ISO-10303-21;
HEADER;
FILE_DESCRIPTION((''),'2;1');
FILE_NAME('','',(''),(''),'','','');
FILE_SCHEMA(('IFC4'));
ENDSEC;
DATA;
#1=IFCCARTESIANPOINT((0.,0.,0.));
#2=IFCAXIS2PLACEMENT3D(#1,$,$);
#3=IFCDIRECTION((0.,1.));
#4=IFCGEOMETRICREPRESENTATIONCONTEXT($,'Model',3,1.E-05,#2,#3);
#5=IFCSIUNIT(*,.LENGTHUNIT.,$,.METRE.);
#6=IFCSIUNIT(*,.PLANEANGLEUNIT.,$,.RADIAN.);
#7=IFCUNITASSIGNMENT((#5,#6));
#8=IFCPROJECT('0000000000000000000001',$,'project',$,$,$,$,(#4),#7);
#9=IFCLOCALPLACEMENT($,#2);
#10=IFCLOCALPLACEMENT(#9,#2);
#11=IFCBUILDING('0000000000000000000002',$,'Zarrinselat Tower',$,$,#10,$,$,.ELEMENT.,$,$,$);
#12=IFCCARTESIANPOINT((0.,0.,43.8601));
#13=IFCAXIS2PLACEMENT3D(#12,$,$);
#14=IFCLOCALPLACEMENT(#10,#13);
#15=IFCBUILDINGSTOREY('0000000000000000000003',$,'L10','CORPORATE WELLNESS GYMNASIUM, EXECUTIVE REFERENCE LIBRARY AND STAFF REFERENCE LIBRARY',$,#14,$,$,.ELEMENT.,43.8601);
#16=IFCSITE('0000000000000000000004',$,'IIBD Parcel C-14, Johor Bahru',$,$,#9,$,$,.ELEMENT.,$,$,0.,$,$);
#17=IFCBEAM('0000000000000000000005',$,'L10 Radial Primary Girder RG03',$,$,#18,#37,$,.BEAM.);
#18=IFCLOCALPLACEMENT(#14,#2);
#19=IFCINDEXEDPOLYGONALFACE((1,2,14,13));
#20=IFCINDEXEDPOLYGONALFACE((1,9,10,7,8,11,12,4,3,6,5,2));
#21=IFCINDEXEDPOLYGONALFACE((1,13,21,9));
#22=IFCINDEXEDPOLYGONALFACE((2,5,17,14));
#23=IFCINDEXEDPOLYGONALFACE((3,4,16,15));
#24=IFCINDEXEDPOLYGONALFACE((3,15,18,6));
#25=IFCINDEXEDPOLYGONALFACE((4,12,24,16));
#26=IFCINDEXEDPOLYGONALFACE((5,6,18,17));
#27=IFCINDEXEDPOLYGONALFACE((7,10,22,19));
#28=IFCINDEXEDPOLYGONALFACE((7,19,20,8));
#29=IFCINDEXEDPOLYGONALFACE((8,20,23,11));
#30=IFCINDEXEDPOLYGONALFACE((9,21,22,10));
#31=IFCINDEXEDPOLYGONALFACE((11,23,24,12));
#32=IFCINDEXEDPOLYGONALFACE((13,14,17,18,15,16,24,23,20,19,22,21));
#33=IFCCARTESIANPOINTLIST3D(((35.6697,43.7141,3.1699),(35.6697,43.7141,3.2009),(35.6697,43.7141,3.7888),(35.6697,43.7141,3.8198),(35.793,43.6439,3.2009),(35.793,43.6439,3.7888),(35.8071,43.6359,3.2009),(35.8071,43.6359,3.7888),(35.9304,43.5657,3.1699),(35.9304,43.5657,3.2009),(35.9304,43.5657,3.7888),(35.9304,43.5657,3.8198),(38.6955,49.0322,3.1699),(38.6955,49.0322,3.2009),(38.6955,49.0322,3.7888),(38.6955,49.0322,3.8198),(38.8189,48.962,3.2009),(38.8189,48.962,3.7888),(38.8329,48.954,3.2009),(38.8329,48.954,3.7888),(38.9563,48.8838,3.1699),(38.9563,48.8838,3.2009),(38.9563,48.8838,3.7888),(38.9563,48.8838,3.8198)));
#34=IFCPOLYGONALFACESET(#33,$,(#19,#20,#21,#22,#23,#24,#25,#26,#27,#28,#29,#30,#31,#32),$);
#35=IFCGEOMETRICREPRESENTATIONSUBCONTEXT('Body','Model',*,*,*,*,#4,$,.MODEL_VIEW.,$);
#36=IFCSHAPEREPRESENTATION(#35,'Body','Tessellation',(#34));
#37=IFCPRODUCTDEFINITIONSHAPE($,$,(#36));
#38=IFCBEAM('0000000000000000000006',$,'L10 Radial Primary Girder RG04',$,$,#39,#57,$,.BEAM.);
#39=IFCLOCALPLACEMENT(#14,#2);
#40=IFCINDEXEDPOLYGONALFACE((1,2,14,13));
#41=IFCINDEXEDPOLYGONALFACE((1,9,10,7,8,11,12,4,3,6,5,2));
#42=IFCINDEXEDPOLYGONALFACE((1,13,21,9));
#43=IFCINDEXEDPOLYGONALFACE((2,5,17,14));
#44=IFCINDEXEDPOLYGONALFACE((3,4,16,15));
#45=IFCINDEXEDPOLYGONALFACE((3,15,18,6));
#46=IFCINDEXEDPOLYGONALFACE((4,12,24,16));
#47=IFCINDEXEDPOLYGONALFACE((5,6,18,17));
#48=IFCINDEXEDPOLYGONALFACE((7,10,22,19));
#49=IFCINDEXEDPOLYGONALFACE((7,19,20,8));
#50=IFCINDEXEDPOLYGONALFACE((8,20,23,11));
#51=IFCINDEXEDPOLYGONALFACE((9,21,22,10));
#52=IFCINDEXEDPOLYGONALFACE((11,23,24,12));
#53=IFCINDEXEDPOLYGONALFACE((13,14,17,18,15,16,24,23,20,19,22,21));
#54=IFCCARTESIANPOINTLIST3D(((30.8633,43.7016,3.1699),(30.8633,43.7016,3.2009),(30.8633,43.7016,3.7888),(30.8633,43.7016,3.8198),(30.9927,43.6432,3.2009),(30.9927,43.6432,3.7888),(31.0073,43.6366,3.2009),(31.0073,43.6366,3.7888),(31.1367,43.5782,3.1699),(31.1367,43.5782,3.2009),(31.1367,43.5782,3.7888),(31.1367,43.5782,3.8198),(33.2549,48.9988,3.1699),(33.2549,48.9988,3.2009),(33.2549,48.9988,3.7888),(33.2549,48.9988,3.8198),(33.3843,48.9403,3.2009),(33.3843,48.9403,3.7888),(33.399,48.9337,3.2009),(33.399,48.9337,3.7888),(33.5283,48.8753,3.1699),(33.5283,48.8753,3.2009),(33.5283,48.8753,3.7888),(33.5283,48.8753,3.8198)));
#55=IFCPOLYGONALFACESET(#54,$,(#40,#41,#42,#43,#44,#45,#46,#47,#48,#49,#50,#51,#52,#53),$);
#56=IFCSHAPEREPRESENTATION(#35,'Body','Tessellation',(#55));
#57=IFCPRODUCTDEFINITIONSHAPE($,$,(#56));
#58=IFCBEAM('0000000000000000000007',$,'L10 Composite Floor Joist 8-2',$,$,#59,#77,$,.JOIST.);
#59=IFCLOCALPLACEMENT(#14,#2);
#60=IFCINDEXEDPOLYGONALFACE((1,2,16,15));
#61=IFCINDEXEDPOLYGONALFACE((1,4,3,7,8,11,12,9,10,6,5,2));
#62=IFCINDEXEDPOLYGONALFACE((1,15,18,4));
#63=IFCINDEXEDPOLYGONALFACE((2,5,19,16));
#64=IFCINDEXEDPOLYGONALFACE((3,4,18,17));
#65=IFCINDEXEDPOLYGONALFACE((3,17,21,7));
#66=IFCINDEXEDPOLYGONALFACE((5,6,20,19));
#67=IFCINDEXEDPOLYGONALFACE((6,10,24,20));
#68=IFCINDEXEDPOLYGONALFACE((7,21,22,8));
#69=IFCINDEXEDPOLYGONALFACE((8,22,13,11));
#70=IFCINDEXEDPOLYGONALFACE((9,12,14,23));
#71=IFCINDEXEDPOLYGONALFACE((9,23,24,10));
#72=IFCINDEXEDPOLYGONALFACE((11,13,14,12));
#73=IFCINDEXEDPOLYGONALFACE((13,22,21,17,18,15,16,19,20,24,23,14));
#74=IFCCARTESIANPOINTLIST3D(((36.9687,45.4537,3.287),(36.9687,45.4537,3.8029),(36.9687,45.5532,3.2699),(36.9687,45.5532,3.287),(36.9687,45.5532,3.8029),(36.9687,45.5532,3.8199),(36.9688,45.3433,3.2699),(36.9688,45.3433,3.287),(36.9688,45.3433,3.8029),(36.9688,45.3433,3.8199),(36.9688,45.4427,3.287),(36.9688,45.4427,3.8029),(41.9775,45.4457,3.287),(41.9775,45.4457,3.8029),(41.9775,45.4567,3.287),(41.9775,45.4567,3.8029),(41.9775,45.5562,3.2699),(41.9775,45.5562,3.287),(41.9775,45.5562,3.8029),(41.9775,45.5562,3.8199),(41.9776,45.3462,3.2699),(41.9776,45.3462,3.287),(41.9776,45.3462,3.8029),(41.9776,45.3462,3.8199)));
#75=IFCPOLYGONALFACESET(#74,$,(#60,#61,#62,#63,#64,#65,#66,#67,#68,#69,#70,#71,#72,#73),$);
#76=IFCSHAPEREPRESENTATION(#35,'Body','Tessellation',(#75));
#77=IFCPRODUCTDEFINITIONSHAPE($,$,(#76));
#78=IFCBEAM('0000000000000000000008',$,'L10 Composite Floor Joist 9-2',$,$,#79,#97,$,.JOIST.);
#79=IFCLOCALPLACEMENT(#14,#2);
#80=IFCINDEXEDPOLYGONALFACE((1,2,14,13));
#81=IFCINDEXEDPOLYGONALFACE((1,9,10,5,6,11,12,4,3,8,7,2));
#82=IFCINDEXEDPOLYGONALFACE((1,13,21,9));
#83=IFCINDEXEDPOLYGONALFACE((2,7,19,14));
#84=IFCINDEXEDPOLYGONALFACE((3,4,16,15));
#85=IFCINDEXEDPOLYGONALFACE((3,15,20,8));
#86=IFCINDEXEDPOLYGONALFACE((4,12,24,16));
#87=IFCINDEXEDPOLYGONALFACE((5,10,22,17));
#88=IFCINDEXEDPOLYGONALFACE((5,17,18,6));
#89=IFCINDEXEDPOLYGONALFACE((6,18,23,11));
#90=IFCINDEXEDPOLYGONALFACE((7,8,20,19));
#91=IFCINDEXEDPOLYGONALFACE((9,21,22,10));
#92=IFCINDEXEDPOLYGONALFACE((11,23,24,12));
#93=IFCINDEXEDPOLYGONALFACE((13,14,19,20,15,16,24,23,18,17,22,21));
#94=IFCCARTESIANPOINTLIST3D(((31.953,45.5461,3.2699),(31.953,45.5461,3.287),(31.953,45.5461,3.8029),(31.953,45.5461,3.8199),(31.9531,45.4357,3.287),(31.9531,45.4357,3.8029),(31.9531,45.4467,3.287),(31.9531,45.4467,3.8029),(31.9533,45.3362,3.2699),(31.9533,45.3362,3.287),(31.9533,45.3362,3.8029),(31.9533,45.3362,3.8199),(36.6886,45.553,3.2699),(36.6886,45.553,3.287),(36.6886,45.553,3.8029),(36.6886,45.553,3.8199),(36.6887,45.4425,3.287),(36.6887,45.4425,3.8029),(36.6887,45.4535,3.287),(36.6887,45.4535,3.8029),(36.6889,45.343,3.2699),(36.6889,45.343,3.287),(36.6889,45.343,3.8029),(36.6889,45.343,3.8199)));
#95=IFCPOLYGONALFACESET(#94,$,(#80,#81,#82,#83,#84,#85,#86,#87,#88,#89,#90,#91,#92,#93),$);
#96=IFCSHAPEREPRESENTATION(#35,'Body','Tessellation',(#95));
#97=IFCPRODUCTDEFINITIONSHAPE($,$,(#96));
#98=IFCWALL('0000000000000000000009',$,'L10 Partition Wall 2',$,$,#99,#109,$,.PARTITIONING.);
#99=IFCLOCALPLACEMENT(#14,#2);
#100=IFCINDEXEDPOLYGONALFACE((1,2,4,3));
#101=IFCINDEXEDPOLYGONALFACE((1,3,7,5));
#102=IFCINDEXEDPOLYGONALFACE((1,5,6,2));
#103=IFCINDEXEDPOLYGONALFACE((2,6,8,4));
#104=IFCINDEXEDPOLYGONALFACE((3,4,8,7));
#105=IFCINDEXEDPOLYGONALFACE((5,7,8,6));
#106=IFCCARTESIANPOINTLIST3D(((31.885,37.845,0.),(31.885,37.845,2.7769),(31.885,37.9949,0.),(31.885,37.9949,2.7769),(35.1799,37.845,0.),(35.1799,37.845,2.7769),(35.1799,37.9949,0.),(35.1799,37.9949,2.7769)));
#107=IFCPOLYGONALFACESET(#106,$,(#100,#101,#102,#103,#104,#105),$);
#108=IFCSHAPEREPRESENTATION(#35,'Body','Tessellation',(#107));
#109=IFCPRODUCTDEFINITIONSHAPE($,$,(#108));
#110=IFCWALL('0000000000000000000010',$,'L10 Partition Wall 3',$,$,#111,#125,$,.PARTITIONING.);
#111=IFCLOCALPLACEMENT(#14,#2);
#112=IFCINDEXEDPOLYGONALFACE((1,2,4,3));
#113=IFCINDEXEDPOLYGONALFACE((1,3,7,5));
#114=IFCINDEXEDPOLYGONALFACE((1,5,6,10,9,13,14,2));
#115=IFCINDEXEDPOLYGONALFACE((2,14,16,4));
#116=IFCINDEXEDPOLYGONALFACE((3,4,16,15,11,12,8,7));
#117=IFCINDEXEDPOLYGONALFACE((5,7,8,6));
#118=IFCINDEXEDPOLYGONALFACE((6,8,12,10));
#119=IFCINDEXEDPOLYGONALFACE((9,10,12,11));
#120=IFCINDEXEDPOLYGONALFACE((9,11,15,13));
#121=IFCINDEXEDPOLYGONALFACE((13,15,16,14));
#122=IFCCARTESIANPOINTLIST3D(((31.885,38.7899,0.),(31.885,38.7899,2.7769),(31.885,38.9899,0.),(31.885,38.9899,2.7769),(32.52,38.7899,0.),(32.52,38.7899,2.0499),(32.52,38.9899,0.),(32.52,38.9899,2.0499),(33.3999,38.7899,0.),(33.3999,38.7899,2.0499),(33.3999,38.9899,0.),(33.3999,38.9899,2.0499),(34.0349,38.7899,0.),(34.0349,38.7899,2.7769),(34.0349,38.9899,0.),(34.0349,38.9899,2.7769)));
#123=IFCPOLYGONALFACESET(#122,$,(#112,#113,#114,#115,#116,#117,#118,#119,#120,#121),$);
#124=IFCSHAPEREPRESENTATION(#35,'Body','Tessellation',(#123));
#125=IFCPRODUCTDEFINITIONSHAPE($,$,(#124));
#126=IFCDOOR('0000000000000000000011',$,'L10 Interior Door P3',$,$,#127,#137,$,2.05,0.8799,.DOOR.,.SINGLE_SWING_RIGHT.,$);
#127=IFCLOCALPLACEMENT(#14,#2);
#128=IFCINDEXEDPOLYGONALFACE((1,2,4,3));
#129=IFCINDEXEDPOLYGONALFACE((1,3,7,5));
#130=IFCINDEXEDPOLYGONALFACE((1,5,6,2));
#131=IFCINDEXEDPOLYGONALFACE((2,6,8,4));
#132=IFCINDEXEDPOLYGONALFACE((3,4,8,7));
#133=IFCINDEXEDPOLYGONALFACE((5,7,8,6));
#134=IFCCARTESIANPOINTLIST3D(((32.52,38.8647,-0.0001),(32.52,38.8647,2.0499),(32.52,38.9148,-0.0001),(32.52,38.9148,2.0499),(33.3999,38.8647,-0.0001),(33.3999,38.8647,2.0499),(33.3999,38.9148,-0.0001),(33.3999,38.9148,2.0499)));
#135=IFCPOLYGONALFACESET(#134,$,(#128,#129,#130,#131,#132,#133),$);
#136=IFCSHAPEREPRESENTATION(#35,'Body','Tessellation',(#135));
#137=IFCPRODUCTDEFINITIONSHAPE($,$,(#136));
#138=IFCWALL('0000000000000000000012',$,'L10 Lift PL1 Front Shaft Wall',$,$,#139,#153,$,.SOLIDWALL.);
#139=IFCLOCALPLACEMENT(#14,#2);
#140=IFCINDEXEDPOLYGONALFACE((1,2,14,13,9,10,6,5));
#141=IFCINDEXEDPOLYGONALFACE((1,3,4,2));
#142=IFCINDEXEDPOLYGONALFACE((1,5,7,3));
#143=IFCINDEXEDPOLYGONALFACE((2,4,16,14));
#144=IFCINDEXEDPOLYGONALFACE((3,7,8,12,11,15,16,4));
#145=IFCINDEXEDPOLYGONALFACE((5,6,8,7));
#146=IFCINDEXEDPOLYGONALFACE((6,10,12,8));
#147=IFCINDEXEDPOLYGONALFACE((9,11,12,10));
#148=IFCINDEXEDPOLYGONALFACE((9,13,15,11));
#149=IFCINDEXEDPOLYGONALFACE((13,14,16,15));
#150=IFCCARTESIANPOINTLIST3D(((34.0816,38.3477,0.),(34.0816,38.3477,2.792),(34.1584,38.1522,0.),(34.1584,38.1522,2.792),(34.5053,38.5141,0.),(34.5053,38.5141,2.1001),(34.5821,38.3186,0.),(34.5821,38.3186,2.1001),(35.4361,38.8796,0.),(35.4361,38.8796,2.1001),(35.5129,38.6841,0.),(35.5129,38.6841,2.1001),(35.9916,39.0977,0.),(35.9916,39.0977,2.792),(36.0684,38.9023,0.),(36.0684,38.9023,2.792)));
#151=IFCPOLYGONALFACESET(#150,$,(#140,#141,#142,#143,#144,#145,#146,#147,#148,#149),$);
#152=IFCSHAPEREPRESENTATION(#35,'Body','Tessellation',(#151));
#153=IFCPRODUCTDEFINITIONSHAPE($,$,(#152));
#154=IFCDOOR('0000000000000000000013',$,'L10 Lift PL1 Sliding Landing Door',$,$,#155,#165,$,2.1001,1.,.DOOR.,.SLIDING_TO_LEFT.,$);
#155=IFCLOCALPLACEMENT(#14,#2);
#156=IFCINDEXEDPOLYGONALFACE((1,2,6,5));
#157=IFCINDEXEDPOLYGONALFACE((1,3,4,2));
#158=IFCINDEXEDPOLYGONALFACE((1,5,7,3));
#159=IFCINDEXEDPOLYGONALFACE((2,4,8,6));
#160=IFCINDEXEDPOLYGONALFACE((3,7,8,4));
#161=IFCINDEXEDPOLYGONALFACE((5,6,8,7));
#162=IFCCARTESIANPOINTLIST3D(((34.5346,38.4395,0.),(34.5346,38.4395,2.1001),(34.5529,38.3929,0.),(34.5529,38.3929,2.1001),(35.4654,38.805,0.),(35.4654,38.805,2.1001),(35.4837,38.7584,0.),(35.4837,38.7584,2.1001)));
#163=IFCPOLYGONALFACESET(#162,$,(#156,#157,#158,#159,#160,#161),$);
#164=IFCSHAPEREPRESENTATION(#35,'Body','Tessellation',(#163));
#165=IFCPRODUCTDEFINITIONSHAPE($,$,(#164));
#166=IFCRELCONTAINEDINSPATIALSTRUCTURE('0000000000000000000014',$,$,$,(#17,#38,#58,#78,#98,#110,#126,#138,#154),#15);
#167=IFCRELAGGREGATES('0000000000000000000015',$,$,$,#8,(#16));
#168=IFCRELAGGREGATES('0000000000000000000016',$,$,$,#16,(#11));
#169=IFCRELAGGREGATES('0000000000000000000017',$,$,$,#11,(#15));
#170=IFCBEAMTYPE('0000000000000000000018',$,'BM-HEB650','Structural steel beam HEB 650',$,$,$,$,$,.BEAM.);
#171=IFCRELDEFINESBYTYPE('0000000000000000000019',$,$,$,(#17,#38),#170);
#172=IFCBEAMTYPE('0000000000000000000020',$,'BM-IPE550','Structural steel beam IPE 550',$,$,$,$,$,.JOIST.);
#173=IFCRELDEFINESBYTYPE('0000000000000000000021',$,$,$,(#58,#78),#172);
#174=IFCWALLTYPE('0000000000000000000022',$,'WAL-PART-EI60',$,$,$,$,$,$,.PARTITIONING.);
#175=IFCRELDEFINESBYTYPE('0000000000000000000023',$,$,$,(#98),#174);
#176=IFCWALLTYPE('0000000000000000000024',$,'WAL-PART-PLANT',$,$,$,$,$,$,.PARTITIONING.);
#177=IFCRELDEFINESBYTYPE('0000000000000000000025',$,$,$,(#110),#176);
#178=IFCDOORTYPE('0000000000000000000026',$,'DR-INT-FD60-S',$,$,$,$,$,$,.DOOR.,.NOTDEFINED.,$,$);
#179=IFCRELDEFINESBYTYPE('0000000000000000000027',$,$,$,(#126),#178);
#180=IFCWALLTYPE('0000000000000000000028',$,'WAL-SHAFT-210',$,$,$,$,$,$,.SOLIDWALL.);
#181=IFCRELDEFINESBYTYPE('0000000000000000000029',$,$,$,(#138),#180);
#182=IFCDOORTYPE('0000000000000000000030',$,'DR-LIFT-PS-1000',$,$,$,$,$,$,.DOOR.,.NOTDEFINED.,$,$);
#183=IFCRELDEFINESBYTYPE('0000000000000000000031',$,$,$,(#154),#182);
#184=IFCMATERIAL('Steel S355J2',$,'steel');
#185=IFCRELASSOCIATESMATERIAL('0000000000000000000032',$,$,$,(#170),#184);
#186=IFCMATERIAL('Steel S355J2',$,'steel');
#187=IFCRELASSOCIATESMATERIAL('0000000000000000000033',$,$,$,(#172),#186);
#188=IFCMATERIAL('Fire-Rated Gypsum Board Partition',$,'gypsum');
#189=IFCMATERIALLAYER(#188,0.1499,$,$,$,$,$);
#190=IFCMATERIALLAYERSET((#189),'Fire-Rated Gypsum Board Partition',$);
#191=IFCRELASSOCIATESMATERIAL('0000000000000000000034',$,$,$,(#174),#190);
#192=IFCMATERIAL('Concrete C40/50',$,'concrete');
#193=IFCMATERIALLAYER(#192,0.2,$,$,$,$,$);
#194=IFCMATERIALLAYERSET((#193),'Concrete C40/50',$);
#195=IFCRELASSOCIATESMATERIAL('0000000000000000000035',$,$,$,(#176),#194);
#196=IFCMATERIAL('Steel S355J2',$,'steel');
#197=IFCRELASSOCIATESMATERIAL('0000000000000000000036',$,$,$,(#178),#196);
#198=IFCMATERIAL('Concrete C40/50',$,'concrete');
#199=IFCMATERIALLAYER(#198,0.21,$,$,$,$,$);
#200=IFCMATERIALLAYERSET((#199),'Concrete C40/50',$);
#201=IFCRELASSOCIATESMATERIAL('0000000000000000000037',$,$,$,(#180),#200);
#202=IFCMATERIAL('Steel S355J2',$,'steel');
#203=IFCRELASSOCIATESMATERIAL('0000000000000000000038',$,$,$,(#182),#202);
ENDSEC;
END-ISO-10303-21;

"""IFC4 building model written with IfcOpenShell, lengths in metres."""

from ifc_helpers import new_model, si_unit, direction, frame, frame_2d, origin, origin_2d, place, context, subcontext, project, spatial, rectangle, i_section, extrude, material, layer, layer_set, material_profile, profile_set, type_object, element, fill, save


model = new_model("IFC4")

# Units and contexts
model_context = context("Model", 3, precision=1e-05, world=origin(), true_north=direction((0.0, 1.0)))
body_context = subcontext(model_context, "Body", "Model", "MODEL_VIEW")
ifc_project = project(units=[si_unit("LENGTHUNIT", "METRE"), si_unit("PLANEANGLEUNIT", "RADIAN")], contexts=[model_context])

# Site, building, storey
site_placement = place(None, origin())
site = spatial("IfcSite", under=ifc_project, at=site_placement, Name="IIBD Parcel C-14, Johor Bahru", CompositionType="ELEMENT", RefElevation=0.0)
building_placement = place(site_placement, origin())
building = spatial("IfcBuilding", under=site, at=building_placement, Name="Zarrinselat Tower", CompositionType="ELEMENT")
storey_placement = place(building_placement, frame((0.0, 0.0, 43.8601)))
storey = spatial("IfcBuildingStorey", under=building, at=storey_placement, Name="L10", Description="CORPORATE WELLNESS GYMNASIUM, EXECUTIVE REFERENCE LIBRARY AND STAFF REFERENCE LIBRARY", CompositionType="ELEMENT", Elevation=43.8601)

# Beams
ifc_material_1 = material(Name="Steel S355J2", Category="steel")
ifc_material_profile_1 = material_profile(ifc_material_1, i_section(OverallWidth=0.3, OverallDepth=0.6499, WebThickness=0.0161, FlangeThickness=0.031, at=origin_2d()), Name="HEB 650")
ifc_profile_set_1 = profile_set([ifc_material_profile_1], Name="Steel S355J2")
beam_type_1 = type_object("IfcBeamType", Name="BM-HEB650", Description="Structural steel beam HEB 650", PredefinedType="BEAM", material=ifc_profile_set_1)
beam_1_placement = place(storey_placement, frame((35.8, 43.6399, 3.4949), z_axis=(0.494531, 0.86916, 0.0), x_axis=(-0.86916, 0.494531, 0.0)))
element("IfcBeam", 1, at=beam_1_placement, inside=storey, type_object=beam_type_1, Name="L10 Radial Primary Girder RG03", PredefinedType="BEAM", context=body_context, shape_type="SweptSolid", body=[
    extrude(i_section(OverallWidth=0.3, OverallDepth=0.6499, WebThickness=0.0161, FlangeThickness=0.031, at=origin_2d()), origin(), (0.0, 0.0, 1.0), 6.1187),
])
beam_2_placement = place(storey_placement, frame((31.0, 43.6399, 3.4949), z_axis=(0.411494, 0.911412, 0.0), x_axis=(-0.911412, 0.411494, 0.0)))
element("IfcBeam", 2, at=beam_2_placement, inside=storey, type_object=beam_type_1, Name="L10 Radial Primary Girder RG04", PredefinedType="BEAM", context=body_context, shape_type="SweptSolid", body=[
    extrude(i_section(OverallWidth=0.3, OverallDepth=0.6499, WebThickness=0.0161, FlangeThickness=0.031, at=origin_2d()), origin(), (0.0, 0.0, 1.0), 5.812),
])
ifc_material_2 = material(Name="Steel S355J2", Category="steel")
ifc_material_profile_2 = material_profile(ifc_material_2, i_section(OverallWidth=0.21, OverallDepth=0.55, WebThickness=0.011, FlangeThickness=0.0171, at=origin_2d()), Name="IPE 550")
ifc_profile_set_2 = profile_set([ifc_material_profile_2], Name="Steel S355J2")
beam_type_2 = type_object("IfcBeamType", Name="BM-IPE550", Description="Structural steel beam IPE 550", PredefinedType="JOIST", material=ifc_profile_set_2)
beam_3_placement = place(storey_placement, frame((36.9688, 45.4482, 3.5449), z_axis=(1.0, 0.000585, 0.0), x_axis=(-0.000585, 1.0, 0.0)))
element("IfcBeam", 3, at=beam_3_placement, inside=storey, type_object=beam_type_2, Name="L10 Composite Floor Joist 8-2", PredefinedType="JOIST", context=body_context, shape_type="SweptSolid", body=[
    extrude(i_section(OverallWidth=0.21, OverallDepth=0.55, WebThickness=0.011, FlangeThickness=0.0171, at=origin_2d()), origin(), (0.0, 0.0, 1.0), 5.0088),
])
beam_4_placement = place(storey_placement, frame((31.9531, 45.4412, 3.5449), z_axis=(0.999999, 0.001444, 0.0), x_axis=(-0.001444, 0.999999, 0.0)))
element("IfcBeam", 4, at=beam_4_placement, inside=storey, type_object=beam_type_2, Name="L10 Composite Floor Joist 9-2", PredefinedType="JOIST", context=body_context, shape_type="SweptSolid", body=[
    extrude(i_section(OverallWidth=0.21, OverallDepth=0.55, WebThickness=0.011, FlangeThickness=0.0171, at=origin_2d()), origin(), (0.0, 0.0, 1.0), 4.7356),
])

# Wall
ifc_material_3 = material(Name="Fire-Rated Gypsum Board Partition", Category="gypsum")
ifc_layer_1 = layer(ifc_material_3, 0.1499)
ifc_layer_set_1 = layer_set([ifc_layer_1], Name="Fire-Rated Gypsum Board Partition")
wall_type_1 = type_object("IfcWallType", Name="WAL-PART-EI60", PredefinedType="PARTITIONING", material=ifc_layer_set_1)
wall_1_placement = place(storey_placement, frame((31.885, 37.9199, 0.0), z_axis=(0.0, 0.0, 1.0), x_axis=(1.0, 0.0, 0.0)))
element("IfcWall", 5, at=wall_1_placement, inside=storey, type_object=wall_type_1, Name="L10 Partition Wall 2", PredefinedType="PARTITIONING", context=body_context, shape_type="SweptSolid", body=[
    extrude(rectangle(XDim=3.2949, YDim=0.1499, at=frame_2d((1.6475, 0.0))), origin(), (0.0, 0.0, 1.0), 2.7769),
])

# Walls, openings, doors
ifc_material_4 = material(Name="Concrete C40/50", Category="concrete")
ifc_layer_2 = layer(ifc_material_4, 0.2)
ifc_layer_set_2 = layer_set([ifc_layer_2], Name="Concrete C40/50")
wall_type_2 = type_object("IfcWallType", Name="WAL-PART-PLANT", PredefinedType="PARTITIONING", material=ifc_layer_set_2)
wall_2_placement = place(storey_placement, frame((31.885, 38.8899, 0.0), z_axis=(0.0, 0.0, 1.0), x_axis=(1.0, 0.0, 0.0)))
wall_2 = element("IfcWall", 6, at=wall_2_placement, inside=storey, type_object=wall_type_2, Name="L10 Partition Wall 3", PredefinedType="PARTITIONING", context=body_context, shape_type="SweptSolid", body=[
    extrude(rectangle(XDim=2.1499, YDim=0.2, at=frame_2d((1.075, 0.0))), origin(), (0.0, 0.0, 1.0), 2.7769),
])
opening_1_placement = place(wall_2_placement, frame((0.635, 0.0, 0.0)))
opening_1 = element("IfcOpeningElement", 7, at=opening_1_placement, cuts=wall_2, PredefinedType="OPENING", context=body_context, shape_type="SweptSolid", body=[
    extrude(rectangle(XDim=0.8799, YDim=2.05, at=frame_2d((0.4399, 1.0249))), frame((0.0, 0.1099, 0.0), z_axis=(0.0, -1.0, 0.0), x_axis=(1.0, 0.0, 0.0)), (0.0, 0.0, 1.0), 0.22),
])
ifc_material_5 = material(Name="Steel S355J2", Category="steel")
door_type_1 = type_object("IfcDoorType", Name="DR-INT-FD60-S", OperationType="NOTDEFINED", PredefinedType="DOOR", material=ifc_material_5)
door_1_placement = place(opening_1_placement, origin())
door_1 = element("IfcDoor", 8, at=door_1_placement, inside=storey, type_object=door_type_1, Name="L10 Interior Door P3", OperationType="SINGLE_SWING_RIGHT", OverallHeight=2.05, OverallWidth=0.8799, PredefinedType="DOOR", context=body_context, shape_type="SweptSolid", body=[
    extrude(rectangle(XDim=0.8799, YDim=2.05, at=frame_2d((0.4399, 1.0249))), frame((0.0, 0.0249, 0.0), z_axis=(0.0, -1.0, 0.0), x_axis=(1.0, 0.0, 0.0)), (0.0, 0.0, 1.0), 0.05),
])
fill(opening_1, door_1)
ifc_material_6 = material(Name="Concrete C40/50", Category="concrete")
ifc_layer_3 = layer(ifc_material_6, 0.21)
ifc_layer_set_3 = layer_set([ifc_layer_3], Name="Concrete C40/50")
wall_type_3 = type_object("IfcWallType", Name="WAL-SHAFT-210", PredefinedType="SOLIDWALL", material=ifc_layer_set_3)
wall_3_placement = place(storey_placement, frame((34.1201, 38.25, 0.0), z_axis=(0.0, 0.0, 1.0), x_axis=(0.930805, 0.365516, 0.0)))
wall_3 = element("IfcWall", 9, at=wall_3_placement, inside=storey, type_object=wall_type_3, Name="L10 Lift PL1 Front Shaft Wall", PredefinedType="SOLIDWALL", context=body_context, shape_type="SweptSolid", body=[
    extrude(rectangle(XDim=2.052, YDim=0.21, at=frame_2d((1.0259, 0.0))), origin(), (0.0, 0.0, 1.0), 2.792),
])
opening_2_placement = place(wall_3_placement, frame((0.4551, 0.0, 0.0)))
opening_2 = element("IfcOpeningElement", 10, at=opening_2_placement, cuts=wall_3, PredefinedType="OPENING", context=body_context, shape_type="SweptSolid", body=[
    extrude(rectangle(XDim=1.0, YDim=2.1001, at=frame_2d((0.5, 1.05))), frame((0.0, 0.115, 0.0), z_axis=(0.0, -1.0, 0.0), x_axis=(1.0, 0.0, 0.0)), (0.0, 0.0, 1.0), 0.23),
])
ifc_material_7 = material(Name="Steel S355J2", Category="steel")
door_type_2 = type_object("IfcDoorType", Name="DR-LIFT-PS-1000", OperationType="NOTDEFINED", PredefinedType="DOOR", material=ifc_material_7)
door_2_placement = place(opening_2_placement, origin())
door_2 = element("IfcDoor", 11, at=door_2_placement, inside=storey, type_object=door_type_2, Name="L10 Lift PL1 Sliding Landing Door", OperationType="SLIDING_TO_LEFT", OverallHeight=2.1001, OverallWidth=1.0, PredefinedType="DOOR", context=body_context, shape_type="SweptSolid", body=[
    extrude(rectangle(XDim=1.0, YDim=2.1001, at=frame_2d((0.5, 1.05))), frame((0.0, 0.0249, 0.0), z_axis=(0.0, -1.0, 0.0), x_axis=(1.0, 0.0, 0.0)), (0.0, 0.0, 1.0), 0.05),
])
fill(opening_2, door_2)

save(model, "model.ifc")
